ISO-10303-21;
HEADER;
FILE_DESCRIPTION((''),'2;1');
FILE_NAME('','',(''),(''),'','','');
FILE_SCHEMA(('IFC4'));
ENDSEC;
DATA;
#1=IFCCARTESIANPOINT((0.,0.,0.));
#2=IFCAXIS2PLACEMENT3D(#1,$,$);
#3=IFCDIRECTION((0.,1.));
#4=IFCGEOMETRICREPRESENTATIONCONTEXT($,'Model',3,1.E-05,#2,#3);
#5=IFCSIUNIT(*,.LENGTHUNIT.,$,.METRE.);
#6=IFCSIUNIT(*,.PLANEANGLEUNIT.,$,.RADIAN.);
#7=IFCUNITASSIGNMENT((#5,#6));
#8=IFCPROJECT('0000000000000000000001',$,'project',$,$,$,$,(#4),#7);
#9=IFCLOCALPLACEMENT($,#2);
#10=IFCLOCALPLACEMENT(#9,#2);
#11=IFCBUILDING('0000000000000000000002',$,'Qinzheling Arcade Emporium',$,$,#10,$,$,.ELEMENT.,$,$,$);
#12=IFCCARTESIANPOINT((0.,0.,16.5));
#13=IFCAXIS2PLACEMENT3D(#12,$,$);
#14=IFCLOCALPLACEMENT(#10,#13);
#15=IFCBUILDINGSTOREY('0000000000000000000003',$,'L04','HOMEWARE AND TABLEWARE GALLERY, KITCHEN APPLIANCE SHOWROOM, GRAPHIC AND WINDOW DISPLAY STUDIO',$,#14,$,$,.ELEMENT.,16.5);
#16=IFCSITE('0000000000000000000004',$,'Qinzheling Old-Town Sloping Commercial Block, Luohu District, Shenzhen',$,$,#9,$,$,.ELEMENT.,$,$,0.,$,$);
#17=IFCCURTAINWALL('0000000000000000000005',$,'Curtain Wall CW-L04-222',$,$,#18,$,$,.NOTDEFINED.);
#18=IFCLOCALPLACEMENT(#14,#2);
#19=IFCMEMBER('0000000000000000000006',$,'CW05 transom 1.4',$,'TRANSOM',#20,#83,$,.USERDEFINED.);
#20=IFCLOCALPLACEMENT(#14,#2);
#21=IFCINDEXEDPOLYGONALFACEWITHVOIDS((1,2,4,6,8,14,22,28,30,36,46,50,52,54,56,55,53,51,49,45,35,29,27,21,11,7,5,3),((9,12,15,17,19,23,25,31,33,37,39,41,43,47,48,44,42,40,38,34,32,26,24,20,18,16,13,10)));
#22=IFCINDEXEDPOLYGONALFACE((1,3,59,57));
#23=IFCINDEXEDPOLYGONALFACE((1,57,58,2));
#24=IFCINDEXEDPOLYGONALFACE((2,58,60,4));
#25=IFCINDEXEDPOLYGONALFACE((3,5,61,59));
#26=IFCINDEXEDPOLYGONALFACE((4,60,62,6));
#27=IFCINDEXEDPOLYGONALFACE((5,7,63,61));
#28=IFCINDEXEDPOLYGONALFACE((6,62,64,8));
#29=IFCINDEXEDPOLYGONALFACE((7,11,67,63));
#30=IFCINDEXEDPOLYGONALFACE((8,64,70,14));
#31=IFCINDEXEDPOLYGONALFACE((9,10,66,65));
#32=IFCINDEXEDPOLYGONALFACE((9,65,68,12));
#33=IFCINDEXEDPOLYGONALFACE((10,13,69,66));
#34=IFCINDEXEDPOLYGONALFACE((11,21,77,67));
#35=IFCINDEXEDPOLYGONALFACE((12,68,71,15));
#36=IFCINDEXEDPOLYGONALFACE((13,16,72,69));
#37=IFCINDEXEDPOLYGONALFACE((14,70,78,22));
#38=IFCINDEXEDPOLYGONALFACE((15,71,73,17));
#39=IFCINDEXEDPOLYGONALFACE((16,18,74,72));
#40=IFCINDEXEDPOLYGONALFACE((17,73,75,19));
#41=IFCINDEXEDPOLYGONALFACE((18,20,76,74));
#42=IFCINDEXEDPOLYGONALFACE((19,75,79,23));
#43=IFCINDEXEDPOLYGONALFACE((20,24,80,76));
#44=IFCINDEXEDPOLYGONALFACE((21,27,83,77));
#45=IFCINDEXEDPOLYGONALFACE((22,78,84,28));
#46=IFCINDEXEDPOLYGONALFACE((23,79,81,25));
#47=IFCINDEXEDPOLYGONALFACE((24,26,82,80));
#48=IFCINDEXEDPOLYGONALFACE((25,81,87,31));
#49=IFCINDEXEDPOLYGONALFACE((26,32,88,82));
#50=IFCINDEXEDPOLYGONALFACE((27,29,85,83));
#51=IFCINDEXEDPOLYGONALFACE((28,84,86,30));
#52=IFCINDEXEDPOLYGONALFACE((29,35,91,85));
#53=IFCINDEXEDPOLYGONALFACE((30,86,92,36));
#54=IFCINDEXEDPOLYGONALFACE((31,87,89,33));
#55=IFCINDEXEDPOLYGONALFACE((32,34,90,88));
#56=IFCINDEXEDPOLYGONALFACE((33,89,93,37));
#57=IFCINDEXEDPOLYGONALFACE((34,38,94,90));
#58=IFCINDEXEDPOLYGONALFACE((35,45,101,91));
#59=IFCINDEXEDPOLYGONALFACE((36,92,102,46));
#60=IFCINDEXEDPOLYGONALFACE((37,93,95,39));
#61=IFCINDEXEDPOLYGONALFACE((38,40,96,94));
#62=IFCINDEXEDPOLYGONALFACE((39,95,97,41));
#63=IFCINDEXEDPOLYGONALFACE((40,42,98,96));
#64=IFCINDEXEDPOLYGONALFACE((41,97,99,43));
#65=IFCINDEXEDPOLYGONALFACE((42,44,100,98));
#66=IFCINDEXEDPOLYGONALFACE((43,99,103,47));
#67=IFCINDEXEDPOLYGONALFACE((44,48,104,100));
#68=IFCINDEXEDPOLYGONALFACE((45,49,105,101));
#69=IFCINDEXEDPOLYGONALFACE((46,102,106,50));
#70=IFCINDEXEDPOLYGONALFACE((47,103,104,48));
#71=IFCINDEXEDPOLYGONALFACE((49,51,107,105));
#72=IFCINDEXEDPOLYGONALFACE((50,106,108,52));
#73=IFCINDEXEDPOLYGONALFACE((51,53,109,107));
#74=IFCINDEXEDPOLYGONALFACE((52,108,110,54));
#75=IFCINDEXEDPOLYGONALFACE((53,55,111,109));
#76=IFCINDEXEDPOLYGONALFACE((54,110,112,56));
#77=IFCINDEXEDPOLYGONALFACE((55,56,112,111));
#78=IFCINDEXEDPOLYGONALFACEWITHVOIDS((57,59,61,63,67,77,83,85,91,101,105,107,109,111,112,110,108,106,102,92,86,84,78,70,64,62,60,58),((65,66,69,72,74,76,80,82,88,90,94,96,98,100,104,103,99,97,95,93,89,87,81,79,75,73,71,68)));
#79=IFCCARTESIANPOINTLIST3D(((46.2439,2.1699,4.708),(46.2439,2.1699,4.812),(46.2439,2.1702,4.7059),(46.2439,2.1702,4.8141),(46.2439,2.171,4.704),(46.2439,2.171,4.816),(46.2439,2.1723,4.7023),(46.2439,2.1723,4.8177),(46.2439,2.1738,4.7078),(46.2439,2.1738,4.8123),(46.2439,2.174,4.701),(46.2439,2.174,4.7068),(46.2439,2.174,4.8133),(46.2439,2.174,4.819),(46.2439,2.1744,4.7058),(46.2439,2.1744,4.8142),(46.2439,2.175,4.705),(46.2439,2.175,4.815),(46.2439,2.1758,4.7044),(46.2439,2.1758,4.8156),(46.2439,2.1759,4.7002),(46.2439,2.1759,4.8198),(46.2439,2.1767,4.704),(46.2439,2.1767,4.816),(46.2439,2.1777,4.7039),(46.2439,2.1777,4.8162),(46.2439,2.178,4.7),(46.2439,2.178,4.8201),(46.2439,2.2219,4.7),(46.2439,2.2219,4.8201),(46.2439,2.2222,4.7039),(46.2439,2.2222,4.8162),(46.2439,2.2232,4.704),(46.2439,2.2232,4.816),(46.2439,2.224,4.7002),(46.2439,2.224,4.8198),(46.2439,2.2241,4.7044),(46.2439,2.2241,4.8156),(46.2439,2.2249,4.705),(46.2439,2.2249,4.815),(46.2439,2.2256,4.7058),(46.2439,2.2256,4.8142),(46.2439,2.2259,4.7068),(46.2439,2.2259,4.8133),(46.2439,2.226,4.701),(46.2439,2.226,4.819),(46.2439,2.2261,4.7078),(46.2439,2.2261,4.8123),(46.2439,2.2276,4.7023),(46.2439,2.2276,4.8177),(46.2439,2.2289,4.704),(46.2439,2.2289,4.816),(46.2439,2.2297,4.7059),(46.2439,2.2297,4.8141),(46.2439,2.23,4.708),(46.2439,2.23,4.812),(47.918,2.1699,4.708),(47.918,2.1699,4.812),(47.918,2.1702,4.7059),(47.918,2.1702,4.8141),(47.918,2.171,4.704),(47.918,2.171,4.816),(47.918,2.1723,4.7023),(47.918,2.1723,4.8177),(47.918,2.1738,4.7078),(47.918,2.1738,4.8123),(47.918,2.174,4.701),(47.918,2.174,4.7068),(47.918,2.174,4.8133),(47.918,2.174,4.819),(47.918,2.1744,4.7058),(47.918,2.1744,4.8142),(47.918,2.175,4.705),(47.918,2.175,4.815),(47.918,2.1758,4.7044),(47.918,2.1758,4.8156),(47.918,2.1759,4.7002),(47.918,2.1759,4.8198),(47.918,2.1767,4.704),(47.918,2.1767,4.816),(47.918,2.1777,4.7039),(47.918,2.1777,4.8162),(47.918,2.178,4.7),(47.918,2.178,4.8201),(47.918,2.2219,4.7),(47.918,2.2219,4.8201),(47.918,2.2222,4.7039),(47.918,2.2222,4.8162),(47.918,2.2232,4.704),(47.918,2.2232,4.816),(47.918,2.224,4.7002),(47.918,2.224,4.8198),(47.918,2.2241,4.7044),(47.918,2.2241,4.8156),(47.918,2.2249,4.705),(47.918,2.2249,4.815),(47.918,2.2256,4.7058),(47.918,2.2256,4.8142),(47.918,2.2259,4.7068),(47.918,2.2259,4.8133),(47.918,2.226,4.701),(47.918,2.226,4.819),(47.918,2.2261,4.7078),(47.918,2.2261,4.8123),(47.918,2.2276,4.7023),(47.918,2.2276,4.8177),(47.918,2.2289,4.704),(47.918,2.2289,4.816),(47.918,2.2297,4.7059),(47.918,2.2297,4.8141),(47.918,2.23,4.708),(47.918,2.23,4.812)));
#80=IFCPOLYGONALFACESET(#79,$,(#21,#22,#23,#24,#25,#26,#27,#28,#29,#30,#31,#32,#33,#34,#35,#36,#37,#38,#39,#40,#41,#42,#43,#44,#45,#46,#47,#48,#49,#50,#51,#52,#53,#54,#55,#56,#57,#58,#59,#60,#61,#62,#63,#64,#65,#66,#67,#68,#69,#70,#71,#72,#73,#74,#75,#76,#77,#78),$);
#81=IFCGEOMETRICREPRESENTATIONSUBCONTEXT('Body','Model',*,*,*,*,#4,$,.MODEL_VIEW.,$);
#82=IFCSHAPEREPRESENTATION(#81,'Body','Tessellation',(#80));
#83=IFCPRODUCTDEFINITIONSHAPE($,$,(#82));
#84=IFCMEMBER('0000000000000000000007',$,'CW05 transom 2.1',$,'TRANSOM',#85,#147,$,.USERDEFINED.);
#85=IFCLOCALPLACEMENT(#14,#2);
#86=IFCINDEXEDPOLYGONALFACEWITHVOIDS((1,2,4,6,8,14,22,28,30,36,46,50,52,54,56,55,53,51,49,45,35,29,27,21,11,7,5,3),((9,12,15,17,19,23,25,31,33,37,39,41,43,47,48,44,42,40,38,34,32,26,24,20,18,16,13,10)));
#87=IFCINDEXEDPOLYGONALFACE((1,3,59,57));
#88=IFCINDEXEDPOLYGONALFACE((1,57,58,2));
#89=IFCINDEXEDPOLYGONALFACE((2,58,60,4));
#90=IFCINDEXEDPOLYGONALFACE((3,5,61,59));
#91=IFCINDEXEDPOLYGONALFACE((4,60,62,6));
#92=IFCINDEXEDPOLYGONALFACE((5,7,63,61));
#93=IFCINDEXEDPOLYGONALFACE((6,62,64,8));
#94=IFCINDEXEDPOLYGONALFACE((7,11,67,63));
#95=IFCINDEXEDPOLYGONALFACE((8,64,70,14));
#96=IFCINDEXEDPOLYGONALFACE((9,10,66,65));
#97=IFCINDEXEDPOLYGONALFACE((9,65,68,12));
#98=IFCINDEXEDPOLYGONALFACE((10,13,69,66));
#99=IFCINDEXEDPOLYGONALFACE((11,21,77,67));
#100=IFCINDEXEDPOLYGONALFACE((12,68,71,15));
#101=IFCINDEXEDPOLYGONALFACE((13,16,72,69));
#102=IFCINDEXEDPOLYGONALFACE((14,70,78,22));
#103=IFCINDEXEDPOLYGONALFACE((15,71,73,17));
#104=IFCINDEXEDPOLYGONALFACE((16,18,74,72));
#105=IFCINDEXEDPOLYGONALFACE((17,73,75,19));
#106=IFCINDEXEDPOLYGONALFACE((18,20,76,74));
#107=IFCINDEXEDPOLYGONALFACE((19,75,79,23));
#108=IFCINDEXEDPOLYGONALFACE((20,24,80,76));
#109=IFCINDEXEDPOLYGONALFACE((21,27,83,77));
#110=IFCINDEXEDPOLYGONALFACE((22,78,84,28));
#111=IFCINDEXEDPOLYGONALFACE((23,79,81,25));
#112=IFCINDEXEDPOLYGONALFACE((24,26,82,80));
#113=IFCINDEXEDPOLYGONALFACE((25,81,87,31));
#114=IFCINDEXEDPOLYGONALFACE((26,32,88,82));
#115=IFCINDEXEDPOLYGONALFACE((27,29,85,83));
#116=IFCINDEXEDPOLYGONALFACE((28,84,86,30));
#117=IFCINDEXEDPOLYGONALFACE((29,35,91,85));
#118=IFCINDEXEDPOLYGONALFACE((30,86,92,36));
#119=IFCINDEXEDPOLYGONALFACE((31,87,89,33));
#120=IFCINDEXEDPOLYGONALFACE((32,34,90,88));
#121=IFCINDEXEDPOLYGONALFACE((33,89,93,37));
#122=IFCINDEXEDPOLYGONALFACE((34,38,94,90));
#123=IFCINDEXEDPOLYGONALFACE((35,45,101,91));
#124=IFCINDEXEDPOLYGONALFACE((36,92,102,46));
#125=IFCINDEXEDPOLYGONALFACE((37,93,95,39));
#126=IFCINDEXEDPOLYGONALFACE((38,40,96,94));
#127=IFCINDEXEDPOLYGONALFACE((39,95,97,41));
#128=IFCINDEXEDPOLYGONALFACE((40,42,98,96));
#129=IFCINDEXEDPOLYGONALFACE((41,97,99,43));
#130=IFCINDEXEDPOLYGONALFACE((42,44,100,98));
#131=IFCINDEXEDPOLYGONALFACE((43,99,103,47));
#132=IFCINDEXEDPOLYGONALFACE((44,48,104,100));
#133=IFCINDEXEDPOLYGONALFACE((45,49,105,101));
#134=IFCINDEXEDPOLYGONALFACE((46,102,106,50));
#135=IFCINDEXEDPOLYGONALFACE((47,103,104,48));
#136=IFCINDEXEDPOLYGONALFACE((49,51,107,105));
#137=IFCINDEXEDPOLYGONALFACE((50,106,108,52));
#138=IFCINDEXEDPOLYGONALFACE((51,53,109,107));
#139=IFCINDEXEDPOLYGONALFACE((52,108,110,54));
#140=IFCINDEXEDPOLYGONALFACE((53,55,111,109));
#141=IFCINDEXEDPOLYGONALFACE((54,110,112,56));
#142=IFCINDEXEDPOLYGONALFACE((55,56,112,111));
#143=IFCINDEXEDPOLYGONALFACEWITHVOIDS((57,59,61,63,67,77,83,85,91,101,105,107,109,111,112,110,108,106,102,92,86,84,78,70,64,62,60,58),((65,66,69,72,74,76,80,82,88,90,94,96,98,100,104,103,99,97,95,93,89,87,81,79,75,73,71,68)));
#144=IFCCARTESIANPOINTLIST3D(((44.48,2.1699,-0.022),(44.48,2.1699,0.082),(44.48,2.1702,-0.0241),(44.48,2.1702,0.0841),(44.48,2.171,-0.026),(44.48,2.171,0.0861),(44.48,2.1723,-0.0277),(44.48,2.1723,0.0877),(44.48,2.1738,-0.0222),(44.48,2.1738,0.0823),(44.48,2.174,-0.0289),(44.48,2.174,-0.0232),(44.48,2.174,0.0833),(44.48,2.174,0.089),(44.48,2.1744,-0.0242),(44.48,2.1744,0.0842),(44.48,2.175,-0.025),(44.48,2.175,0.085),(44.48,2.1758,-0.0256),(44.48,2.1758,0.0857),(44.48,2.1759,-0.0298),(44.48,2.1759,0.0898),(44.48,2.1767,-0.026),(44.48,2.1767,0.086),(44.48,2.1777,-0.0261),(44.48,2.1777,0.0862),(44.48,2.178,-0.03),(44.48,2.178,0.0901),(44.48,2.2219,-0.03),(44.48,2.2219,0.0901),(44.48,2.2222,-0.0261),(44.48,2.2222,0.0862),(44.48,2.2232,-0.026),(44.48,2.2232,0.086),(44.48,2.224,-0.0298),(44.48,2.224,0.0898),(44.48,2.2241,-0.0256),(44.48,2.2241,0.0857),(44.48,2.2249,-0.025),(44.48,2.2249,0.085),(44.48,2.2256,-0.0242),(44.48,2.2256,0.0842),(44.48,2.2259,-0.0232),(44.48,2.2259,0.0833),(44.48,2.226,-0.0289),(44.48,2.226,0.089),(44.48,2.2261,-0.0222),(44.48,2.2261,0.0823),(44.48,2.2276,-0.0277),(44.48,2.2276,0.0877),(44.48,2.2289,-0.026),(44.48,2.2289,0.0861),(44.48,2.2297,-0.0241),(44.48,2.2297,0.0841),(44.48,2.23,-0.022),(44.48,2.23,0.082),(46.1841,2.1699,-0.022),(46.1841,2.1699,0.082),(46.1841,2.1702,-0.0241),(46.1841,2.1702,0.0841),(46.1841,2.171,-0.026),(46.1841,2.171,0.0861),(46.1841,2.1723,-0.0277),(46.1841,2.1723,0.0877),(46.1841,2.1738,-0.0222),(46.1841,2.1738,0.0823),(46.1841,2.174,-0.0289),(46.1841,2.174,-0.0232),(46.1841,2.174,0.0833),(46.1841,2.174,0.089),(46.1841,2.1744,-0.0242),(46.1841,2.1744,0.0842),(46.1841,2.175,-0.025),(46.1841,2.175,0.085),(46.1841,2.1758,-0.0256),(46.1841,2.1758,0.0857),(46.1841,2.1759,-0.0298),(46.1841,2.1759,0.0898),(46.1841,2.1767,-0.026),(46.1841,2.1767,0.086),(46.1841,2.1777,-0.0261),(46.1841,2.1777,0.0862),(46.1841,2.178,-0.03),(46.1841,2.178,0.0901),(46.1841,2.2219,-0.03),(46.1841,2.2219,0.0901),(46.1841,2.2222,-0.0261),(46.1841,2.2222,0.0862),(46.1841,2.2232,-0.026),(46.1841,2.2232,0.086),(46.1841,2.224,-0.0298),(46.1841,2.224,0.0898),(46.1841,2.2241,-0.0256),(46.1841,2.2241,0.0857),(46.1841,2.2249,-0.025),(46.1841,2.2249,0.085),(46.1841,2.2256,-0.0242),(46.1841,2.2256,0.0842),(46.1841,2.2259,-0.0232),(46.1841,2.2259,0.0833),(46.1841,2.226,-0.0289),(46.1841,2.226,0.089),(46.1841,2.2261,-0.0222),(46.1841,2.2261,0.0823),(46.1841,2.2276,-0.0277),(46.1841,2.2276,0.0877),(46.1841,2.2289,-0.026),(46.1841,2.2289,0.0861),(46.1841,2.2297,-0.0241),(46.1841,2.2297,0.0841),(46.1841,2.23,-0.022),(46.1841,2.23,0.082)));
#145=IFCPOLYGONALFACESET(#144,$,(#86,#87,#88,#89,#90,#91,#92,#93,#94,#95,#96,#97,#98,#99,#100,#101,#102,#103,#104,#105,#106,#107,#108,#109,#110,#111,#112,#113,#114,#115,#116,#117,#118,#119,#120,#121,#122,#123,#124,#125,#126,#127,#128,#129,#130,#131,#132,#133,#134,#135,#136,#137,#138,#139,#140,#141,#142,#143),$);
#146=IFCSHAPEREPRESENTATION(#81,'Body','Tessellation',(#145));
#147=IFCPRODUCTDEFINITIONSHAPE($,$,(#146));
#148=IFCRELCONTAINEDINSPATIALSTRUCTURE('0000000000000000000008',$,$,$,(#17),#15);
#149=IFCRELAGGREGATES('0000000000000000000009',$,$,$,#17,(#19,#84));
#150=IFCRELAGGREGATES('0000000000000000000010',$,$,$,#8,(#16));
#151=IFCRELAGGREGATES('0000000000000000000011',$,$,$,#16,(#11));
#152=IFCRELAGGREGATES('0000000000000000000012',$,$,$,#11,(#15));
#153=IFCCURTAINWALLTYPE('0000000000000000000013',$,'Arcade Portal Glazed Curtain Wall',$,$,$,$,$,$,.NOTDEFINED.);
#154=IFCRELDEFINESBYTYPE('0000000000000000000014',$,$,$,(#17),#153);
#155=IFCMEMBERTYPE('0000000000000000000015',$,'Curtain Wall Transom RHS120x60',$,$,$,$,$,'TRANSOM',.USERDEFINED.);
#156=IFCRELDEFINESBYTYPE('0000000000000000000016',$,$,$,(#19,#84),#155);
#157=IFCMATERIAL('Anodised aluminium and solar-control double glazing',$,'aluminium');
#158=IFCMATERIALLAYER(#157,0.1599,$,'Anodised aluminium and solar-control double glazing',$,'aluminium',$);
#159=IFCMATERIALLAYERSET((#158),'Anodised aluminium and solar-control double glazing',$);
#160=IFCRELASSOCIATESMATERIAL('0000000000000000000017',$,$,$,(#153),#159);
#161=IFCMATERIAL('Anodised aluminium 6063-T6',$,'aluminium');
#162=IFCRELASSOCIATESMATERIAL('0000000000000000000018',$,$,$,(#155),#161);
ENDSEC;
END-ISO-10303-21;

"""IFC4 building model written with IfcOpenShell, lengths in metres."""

from ifc_helpers import new_model, si_unit, direction, frame, origin, origin_2d, place, context, subcontext, project, spatial, hollow_rectangle, extrude, material, layer, layer_set, material_profile, profile_set, type_object, element, aggregate, save


model = new_model("IFC4")

# Units and contexts
model_context = context("Model", 3, precision=1e-05, world=origin(), true_north=direction((0.0, 1.0)))
body_context = subcontext(model_context, "Body", "Model", "MODEL_VIEW")
ifc_project = project(units=[si_unit("LENGTHUNIT", "METRE"), si_unit("PLANEANGLEUNIT", "RADIAN")], contexts=[model_context])

# Site, building, storey
site_placement = place(None, origin())
site = spatial("IfcSite", under=ifc_project, at=site_placement, Name="Qinzheling Old-Town Sloping Commercial Block, Luohu District, Shenzhen", CompositionType="ELEMENT", RefElevation=0.0)
building_placement = place(site_placement, origin())
building = spatial("IfcBuilding", under=site, at=building_placement, Name="Qinzheling Arcade Emporium", CompositionType="ELEMENT")
storey_placement = place(building_placement, frame((0.0, 0.0, 16.5)))
storey = spatial("IfcBuildingStorey", under=building, at=storey_placement, Name="L04", Description="HOMEWARE AND TABLEWARE GALLERY, KITCHEN APPLIANCE SHOWROOM, GRAPHIC AND WINDOW DISPLAY STUDIO", CompositionType="ELEMENT", Elevation=16.5)

# Curtain wall
ifc_material_1 = material(Name="Anodised aluminium and solar-control double glazing", Category="aluminium")
ifc_layer_1 = layer(ifc_material_1, 0.1599, Name="Anodised aluminium and solar-control double glazing", Category="aluminium")
ifc_layer_set_1 = layer_set([ifc_layer_1], Name="Anodised aluminium and solar-control double glazing")
curtain_wall_type_1 = type_object("IfcCurtainWallType", Name="Arcade Portal Glazed Curtain Wall", PredefinedType="NOTDEFINED", material=ifc_layer_set_1)
ifc_material_2 = material(Name="Anodised aluminium 6063-T6", Category="aluminium")
curtain_wall_1_placement = place(storey_placement, origin())
curtain_wall_1 = element("IfcCurtainWall", 1, at=curtain_wall_1_placement, inside=storey, type_object=curtain_wall_type_1, Name="Curtain Wall CW-L04-222", PredefinedType="NOTDEFINED")

# Members
ifc_material_profile_1 = material_profile(ifc_material_2, hollow_rectangle(XDim=0.0601, YDim=0.1201, WallThickness=0.0039, InnerFilletRadius=0.0039, OuterFilletRadius=0.0081, at=origin_2d()), Name="RHS 120x60x4", Category="aluminium")
ifc_profile_set_1 = profile_set([ifc_material_profile_1], Name="Anodised aluminium 6063-T6")
member_type_1 = type_object("IfcMemberType", Name="Curtain Wall Transom RHS120x60", ElementType="TRANSOM", PredefinedType="USERDEFINED", material=ifc_profile_set_1)
member_1_placement = place(storey_placement, frame((47.918, 2.2, 4.76), z_axis=(-1.0, 0.0, 0.0), x_axis=(0.0, -1.0, 0.0)))
member_1 = element("IfcMember", 2, at=member_1_placement, type_object=member_type_1, Name="CW05 transom 1.4", ObjectType="TRANSOM", PredefinedType="USERDEFINED", context=body_context, shape_type="SweptSolid", body=[
    extrude(hollow_rectangle(XDim=0.0601, YDim=0.1201, WallThickness=0.0039, InnerFilletRadius=0.0039, OuterFilletRadius=0.0081, at=origin_2d()), origin(), (0.0, 0.0, 1.0), 1.6741),
])
member_2_placement = place(storey_placement, frame((46.1841, 2.2, 0.03), z_axis=(-1.0, 0.0, 0.0), x_axis=(0.0, -1.0, 0.0)))
member_2 = element("IfcMember", 3, at=member_2_placement, type_object=member_type_1, Name="CW05 transom 2.1", ObjectType="TRANSOM", PredefinedType="USERDEFINED", context=body_context, shape_type="SweptSolid", body=[
    extrude(hollow_rectangle(XDim=0.0601, YDim=0.1201, WallThickness=0.0039, InnerFilletRadius=0.0039, OuterFilletRadius=0.0081, at=origin_2d()), origin(), (0.0, 0.0, 1.0), 1.7041),
])

aggregate(curtain_wall_1, [member_1, member_2])

save(model, "model.ifc")
